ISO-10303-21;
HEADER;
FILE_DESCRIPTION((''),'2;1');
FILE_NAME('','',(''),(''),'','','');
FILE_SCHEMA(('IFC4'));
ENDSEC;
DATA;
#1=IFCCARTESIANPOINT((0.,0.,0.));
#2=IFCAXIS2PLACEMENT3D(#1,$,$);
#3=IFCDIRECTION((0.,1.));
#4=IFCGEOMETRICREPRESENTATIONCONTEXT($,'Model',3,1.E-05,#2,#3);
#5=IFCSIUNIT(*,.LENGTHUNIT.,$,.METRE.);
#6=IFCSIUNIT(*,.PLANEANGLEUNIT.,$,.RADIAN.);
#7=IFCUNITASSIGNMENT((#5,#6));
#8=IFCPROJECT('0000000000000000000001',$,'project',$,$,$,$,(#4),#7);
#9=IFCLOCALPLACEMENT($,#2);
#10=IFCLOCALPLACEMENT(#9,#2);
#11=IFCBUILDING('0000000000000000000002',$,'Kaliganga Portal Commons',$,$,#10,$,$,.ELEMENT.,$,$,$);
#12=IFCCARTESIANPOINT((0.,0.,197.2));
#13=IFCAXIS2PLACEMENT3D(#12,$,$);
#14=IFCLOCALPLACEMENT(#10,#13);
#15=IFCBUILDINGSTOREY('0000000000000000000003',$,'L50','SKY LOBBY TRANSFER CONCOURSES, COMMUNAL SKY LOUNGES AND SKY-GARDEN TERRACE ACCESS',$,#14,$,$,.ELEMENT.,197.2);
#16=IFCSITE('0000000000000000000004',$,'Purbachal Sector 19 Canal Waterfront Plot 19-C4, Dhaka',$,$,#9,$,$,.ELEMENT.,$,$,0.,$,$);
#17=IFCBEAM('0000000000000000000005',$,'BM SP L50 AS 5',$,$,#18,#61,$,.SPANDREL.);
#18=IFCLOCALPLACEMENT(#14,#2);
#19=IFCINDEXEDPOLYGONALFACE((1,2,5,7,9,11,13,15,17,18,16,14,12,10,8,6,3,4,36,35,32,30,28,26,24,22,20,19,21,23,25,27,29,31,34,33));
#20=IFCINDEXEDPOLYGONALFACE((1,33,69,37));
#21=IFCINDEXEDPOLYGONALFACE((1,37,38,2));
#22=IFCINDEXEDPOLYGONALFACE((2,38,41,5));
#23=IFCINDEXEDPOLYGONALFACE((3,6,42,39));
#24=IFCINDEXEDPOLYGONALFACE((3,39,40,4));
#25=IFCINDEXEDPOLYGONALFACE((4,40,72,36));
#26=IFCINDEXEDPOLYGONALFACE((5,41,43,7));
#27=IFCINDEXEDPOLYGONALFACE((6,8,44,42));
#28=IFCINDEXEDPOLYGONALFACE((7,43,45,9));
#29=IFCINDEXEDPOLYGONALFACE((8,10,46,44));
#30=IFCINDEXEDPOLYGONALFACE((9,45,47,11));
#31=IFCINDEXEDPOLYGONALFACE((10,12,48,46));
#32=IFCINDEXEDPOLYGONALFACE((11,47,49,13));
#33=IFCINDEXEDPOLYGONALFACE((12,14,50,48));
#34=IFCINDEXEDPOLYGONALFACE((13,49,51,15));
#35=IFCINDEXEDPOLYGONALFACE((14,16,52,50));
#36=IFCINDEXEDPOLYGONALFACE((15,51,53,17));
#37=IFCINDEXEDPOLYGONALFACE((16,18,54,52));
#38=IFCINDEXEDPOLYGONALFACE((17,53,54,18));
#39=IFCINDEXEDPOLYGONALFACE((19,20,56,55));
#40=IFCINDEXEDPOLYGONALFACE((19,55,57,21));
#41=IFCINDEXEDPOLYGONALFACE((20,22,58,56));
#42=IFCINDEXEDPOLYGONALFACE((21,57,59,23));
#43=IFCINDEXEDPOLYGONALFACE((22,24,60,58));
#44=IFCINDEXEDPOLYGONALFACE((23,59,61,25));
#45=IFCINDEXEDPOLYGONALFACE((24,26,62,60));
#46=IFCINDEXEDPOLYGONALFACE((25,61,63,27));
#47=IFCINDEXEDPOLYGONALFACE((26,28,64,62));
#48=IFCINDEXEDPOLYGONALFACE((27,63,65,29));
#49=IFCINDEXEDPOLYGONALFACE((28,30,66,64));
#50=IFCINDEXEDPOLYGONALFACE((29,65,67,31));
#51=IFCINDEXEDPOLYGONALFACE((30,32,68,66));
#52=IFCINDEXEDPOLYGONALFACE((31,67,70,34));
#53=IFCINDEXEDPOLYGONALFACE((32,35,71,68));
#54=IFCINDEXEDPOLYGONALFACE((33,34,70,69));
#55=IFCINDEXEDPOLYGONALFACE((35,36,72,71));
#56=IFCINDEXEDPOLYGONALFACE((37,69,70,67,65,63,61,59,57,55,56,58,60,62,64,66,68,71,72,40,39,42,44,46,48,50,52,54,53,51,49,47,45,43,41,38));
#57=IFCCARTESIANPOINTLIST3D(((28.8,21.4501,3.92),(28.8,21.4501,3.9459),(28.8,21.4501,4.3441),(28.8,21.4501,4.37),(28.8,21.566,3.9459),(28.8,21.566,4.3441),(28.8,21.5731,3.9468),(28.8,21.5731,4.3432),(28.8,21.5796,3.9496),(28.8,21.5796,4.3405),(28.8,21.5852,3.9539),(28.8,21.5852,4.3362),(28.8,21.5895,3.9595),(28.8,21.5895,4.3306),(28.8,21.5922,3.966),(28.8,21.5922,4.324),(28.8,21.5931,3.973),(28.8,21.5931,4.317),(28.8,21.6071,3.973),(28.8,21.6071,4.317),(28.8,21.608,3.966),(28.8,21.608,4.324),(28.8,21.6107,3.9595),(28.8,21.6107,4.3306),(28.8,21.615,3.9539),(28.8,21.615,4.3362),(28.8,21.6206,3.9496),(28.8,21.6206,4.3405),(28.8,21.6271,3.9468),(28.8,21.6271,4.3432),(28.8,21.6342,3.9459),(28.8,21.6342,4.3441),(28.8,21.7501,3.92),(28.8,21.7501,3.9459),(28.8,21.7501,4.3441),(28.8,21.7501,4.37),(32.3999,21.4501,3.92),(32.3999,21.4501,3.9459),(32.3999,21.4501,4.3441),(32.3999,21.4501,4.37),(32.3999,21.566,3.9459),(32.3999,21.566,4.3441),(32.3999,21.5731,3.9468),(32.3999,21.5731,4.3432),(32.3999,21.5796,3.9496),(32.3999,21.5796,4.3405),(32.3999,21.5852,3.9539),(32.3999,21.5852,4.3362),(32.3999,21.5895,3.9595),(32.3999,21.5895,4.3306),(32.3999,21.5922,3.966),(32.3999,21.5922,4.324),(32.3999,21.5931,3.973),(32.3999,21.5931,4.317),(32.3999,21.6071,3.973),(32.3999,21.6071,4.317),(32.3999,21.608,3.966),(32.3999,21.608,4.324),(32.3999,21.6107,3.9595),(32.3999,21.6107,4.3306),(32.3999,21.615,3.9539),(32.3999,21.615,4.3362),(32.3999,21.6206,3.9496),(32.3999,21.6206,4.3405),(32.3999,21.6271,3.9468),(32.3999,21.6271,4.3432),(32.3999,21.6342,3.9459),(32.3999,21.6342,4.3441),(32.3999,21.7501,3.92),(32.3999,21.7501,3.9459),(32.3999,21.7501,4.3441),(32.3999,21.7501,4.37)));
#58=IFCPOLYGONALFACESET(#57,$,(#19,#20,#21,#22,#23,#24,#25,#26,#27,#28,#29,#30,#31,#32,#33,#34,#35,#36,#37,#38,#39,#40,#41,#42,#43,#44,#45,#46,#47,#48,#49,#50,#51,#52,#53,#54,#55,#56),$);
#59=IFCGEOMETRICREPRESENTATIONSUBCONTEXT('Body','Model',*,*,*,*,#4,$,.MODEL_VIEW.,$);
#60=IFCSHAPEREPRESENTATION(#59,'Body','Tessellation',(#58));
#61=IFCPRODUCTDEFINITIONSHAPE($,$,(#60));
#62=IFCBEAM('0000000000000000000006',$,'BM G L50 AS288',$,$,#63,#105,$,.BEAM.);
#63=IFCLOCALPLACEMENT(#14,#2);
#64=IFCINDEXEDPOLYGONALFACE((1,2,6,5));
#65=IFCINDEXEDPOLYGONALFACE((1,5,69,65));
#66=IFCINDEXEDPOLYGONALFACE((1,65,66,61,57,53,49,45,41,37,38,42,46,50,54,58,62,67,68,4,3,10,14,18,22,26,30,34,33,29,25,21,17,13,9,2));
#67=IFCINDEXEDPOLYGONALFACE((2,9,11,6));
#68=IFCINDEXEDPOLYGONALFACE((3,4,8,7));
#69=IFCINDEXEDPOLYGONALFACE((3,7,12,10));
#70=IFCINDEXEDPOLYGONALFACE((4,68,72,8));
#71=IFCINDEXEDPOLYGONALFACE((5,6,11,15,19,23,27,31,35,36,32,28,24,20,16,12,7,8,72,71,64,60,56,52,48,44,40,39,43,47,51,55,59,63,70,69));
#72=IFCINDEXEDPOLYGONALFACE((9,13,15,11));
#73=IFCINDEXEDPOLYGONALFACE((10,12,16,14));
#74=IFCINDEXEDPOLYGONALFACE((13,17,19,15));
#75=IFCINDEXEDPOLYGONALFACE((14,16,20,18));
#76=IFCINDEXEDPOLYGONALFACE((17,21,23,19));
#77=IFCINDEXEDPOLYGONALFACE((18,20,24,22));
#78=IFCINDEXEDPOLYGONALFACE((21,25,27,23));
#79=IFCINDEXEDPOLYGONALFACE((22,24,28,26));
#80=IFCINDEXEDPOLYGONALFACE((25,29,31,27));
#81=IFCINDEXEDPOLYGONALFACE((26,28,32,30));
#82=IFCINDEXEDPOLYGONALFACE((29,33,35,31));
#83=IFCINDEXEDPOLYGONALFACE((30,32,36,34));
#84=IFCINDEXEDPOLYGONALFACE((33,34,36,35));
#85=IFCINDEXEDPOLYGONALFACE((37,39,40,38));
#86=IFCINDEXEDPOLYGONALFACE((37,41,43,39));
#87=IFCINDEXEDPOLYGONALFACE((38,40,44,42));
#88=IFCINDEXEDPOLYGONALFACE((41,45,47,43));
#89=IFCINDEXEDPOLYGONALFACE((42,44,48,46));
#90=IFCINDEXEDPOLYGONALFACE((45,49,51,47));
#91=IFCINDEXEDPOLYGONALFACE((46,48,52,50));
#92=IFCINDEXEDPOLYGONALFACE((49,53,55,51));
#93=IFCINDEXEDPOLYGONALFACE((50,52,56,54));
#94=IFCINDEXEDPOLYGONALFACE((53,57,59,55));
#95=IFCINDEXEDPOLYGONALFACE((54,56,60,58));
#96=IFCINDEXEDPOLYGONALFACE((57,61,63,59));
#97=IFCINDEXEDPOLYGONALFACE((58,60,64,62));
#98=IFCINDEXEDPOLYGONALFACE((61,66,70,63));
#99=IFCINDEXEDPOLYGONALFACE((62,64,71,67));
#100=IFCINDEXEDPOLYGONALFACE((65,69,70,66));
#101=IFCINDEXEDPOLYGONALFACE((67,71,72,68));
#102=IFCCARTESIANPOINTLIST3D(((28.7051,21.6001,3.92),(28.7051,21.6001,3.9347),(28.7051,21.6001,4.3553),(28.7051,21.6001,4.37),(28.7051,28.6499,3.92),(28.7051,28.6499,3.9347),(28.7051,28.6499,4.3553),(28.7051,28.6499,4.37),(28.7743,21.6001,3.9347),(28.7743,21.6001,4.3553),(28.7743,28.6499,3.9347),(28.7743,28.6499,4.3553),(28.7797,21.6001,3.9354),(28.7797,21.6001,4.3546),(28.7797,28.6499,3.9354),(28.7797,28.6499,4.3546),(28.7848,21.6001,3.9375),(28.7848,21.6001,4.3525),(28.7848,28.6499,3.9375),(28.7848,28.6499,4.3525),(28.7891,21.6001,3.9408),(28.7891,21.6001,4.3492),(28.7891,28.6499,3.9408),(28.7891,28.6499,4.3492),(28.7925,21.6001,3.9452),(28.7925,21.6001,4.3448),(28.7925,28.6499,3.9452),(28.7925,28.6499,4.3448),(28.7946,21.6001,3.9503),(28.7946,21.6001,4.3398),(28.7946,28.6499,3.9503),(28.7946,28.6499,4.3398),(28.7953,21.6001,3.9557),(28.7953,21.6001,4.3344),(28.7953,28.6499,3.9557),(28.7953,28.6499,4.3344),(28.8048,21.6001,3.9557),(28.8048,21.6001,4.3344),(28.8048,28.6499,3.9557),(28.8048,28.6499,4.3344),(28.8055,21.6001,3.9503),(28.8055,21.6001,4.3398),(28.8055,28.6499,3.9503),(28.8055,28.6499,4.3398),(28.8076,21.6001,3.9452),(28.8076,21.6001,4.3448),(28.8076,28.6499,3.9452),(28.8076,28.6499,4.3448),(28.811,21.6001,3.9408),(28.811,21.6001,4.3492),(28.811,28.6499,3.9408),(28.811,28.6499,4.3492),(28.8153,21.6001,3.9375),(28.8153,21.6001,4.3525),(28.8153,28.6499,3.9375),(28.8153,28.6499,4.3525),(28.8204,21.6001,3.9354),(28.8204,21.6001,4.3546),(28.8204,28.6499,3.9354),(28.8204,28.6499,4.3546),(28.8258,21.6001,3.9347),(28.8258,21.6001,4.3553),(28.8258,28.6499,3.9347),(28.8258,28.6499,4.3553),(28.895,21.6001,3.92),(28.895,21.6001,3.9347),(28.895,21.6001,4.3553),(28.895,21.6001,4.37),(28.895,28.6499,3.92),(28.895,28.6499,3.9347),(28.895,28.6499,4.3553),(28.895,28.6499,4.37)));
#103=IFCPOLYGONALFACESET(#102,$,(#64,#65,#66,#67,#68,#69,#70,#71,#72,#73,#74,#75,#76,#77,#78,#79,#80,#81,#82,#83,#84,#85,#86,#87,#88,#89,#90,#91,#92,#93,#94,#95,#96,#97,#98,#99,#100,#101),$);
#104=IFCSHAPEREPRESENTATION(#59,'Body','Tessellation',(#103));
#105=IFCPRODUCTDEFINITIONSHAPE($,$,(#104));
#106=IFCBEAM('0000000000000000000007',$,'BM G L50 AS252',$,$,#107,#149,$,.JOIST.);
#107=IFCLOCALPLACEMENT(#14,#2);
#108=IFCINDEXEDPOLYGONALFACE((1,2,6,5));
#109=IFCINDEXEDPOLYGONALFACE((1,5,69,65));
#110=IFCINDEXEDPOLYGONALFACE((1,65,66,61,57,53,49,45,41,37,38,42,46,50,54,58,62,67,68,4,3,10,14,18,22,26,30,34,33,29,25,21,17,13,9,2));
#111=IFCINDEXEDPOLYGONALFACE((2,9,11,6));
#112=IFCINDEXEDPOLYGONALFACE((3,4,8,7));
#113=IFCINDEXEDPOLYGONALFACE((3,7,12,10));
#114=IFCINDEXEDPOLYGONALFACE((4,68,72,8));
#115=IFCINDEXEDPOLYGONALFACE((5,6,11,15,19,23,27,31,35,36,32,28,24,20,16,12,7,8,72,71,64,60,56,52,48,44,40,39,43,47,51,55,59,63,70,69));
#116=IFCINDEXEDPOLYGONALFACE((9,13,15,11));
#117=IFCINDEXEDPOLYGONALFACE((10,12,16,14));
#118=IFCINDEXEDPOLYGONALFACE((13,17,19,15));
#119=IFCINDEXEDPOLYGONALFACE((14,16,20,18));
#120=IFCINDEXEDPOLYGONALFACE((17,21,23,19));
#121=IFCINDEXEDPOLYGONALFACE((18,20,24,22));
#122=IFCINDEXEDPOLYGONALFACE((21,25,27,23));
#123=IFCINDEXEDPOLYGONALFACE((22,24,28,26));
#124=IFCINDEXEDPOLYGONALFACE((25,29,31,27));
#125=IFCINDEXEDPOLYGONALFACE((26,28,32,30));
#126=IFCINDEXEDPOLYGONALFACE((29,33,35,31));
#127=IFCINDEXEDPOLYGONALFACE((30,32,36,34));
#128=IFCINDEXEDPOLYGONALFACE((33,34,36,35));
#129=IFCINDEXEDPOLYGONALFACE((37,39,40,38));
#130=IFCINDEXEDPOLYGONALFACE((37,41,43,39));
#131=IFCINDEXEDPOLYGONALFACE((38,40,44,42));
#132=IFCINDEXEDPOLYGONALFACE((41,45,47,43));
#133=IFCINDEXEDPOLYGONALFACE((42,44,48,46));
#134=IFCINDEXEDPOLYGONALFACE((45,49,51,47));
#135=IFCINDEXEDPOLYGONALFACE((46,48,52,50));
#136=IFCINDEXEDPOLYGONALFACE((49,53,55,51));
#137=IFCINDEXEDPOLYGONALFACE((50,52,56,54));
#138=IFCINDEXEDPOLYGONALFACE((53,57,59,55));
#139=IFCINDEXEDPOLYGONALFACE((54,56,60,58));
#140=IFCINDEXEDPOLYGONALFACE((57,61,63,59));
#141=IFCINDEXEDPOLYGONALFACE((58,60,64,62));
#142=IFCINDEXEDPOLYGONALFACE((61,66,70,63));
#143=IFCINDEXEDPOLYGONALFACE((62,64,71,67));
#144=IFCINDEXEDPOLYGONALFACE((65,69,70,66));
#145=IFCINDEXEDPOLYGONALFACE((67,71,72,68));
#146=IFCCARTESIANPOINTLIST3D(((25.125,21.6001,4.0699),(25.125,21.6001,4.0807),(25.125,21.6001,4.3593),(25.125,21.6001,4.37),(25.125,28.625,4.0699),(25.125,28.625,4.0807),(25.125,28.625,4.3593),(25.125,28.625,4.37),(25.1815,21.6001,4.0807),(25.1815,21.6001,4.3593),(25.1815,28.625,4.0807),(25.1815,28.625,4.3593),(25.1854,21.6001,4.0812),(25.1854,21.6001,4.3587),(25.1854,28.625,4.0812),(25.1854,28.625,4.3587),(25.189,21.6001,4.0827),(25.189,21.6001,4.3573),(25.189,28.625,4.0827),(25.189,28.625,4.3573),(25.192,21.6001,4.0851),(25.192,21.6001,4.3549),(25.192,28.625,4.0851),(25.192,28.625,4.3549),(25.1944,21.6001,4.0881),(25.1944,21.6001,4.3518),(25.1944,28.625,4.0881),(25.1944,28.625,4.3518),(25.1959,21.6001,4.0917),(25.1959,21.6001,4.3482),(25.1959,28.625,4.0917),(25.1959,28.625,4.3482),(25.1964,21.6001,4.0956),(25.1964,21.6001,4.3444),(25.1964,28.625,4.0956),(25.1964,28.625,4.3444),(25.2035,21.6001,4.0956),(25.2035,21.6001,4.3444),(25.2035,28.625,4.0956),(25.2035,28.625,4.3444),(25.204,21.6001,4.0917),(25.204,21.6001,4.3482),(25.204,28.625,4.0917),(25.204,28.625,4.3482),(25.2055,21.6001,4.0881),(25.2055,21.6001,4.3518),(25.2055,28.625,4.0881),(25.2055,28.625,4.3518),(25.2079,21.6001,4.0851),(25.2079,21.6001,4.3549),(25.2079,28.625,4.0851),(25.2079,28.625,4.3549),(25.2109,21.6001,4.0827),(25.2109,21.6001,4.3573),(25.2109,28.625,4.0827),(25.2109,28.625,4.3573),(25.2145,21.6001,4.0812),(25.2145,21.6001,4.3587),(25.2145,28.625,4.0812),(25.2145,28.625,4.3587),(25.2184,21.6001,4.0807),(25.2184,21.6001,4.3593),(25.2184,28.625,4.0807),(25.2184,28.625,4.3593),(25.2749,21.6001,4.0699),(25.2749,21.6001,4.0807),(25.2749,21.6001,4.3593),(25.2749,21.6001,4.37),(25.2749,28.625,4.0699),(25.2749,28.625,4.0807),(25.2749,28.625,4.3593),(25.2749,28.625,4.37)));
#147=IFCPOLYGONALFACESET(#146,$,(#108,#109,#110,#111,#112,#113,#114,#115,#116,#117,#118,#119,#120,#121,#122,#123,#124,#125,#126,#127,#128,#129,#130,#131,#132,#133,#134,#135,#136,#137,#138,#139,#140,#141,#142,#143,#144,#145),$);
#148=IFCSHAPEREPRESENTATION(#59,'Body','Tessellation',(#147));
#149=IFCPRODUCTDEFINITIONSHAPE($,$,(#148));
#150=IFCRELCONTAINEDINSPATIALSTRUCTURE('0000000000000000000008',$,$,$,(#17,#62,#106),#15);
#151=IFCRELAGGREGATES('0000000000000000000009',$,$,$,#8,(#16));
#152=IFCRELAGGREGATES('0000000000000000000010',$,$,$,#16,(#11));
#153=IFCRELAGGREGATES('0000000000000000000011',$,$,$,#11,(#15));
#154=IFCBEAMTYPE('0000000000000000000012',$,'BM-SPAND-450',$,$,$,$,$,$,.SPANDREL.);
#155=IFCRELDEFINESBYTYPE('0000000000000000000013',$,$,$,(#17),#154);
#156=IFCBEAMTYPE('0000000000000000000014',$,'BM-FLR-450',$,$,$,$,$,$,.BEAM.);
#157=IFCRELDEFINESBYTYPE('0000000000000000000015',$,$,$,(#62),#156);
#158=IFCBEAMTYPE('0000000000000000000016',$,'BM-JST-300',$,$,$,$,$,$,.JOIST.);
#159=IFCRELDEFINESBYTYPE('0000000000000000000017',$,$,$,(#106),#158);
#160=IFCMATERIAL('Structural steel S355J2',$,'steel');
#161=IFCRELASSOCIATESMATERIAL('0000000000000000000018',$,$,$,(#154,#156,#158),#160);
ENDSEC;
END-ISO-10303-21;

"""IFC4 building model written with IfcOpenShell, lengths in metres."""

from ifc_helpers import new_model, si_unit, direction, frame, origin, origin_2d, place, context, subcontext, project, spatial, i_section, extrude, source, transform, mapped, material, material_profile, profile_set, type_object, element, save


model = new_model("IFC4")

# Units and contexts
model_context = context("Model", 3, precision=1e-05, world=origin(), true_north=direction((0.0, 1.0)))
body_context = subcontext(model_context, "Body", "Model", "MODEL_VIEW")
ifc_project = project(units=[si_unit("LENGTHUNIT", "METRE"), si_unit("PLANEANGLEUNIT", "RADIAN")], contexts=[model_context])

# Site, building, storey
site_placement = place(None, origin())
site = spatial("IfcSite", under=ifc_project, at=site_placement, Name="Purbachal Sector 19 Canal Waterfront Plot 19-C4, Dhaka", CompositionType="ELEMENT", RefElevation=0.0)
building_placement = place(site_placement, origin())
building = spatial("IfcBuilding", under=site, at=building_placement, Name="Kaliganga Portal Commons", CompositionType="ELEMENT")
storey_placement = place(building_placement, frame((0.0, 0.0, 197.2)))
storey = spatial("IfcBuildingStorey", under=building, at=storey_placement, Name="L50", Description="SKY LOBBY TRANSFER CONCOURSES, COMMUNAL SKY LOUNGES AND SKY-GARDEN TERRACE ACCESS", CompositionType="ELEMENT", Elevation=197.2)

# Shared definitions
ifc_material_1 = material(Name="Structural steel S355J2", Category="steel")

# Beams
ifc_material_profile_1 = material_profile(ifc_material_1, i_section(OverallWidth=0.3, OverallDepth=0.45, WebThickness=0.0139, FlangeThickness=0.0259, FilletRadius=0.0271, at=origin_2d()), Name="HE 450 B")
ifc_profile_set_1 = profile_set([ifc_material_profile_1], Name="Structural steel S355J2 wide-flange")
beam_type_1 = type_object("IfcBeamType", Name="BM-SPAND-450", PredefinedType="SPANDREL", material=ifc_profile_set_1)
shared_shape_1 = source(origin(), body_context, "Body", "SweptSolid", [
    extrude(i_section(OverallWidth=0.3, OverallDepth=0.45, WebThickness=0.0139, FlangeThickness=0.0259, FilletRadius=0.0271, at=origin_2d()), origin(), (0.0, 0.0, 1.0), 3.5999),
])
for number, where, z_axis, x_axis, name in (
    (1, (28.8, 21.6001, 4.145), (1.0, 0.0, 0.0), (0.0, 1.0, 0.0), "BM SP L50 AS 5"),
):
    element("IfcBeam", number, at=place(storey_placement, frame(where, z_axis=z_axis, x_axis=x_axis)), inside=storey, type_object=beam_type_1, Name=name, PredefinedType="SPANDREL", context=body_context, shape_type="MappedRepresentation", body=[
        mapped(shared_shape_1, transform((0.0, 0.0, 0.0), x_axis=(1.0, 0.0, 0.0), y_axis=(0.0, 1.0, 0.0), z_axis=(0.0, 0.0, 1.0), scale=1.0)),
    ])
ifc_material_profile_2 = material_profile(ifc_material_1, i_section(OverallWidth=0.1899, OverallDepth=0.45, WebThickness=0.0095, FlangeThickness=0.0146, FilletRadius=0.021, at=origin_2d()), Name="IPE 450")
ifc_profile_set_2 = profile_set([ifc_material_profile_2], Name="Structural steel S355J2 wide-flange")
beam_type_2 = type_object("IfcBeamType", Name="BM-FLR-450", PredefinedType="BEAM", material=ifc_profile_set_2)
shared_shape_2 = source(origin(), body_context, "Body", "SweptSolid", [
    extrude(i_section(OverallWidth=0.1899, OverallDepth=0.45, WebThickness=0.0095, FlangeThickness=0.0146, FilletRadius=0.021, at=origin_2d()), origin(), (0.0, 0.0, 1.0), 7.0498),
])
beam_1_placement = place(storey_placement, frame((28.8, 21.6001, 4.145), z_axis=(0.0, 1.0, 0.0), x_axis=(-1.0, 0.0, 0.0)))
element("IfcBeam", 2, at=beam_1_placement, inside=storey, type_object=beam_type_2, Name="BM G L50 AS288", PredefinedType="BEAM", context=body_context, shape_type="MappedRepresentation", body=[
    mapped(shared_shape_2, transform((0.0, 0.0, 0.0), x_axis=(1.0, 0.0, 0.0), y_axis=(0.0, 1.0, 0.0), z_axis=(0.0, 0.0, 1.0), scale=1.0)),
])
ifc_material_profile_3 = material_profile(ifc_material_1, i_section(OverallWidth=0.1499, OverallDepth=0.3, WebThickness=0.0071, FlangeThickness=0.0107, FilletRadius=0.0149, at=origin_2d()), Name="IPE 300")
ifc_profile_set_3 = profile_set([ifc_material_profile_3], Name="Structural steel S355J2 wide-flange")
beam_type_3 = type_object("IfcBeamType", Name="BM-JST-300", PredefinedType="JOIST", material=ifc_profile_set_3)
shared_shape_3 = source(origin(), body_context, "Body", "SweptSolid", [
    extrude(i_section(OverallWidth=0.1499, OverallDepth=0.3, WebThickness=0.0071, FlangeThickness=0.0107, FilletRadius=0.0149, at=origin_2d()), origin(), (0.0, 0.0, 1.0), 7.0249),
])
beam_2_placement = place(storey_placement, frame((25.2, 21.6001, 4.22), z_axis=(0.0, 1.0, 0.0), x_axis=(-1.0, 0.0, 0.0)))
element("IfcBeam", 3, at=beam_2_placement, inside=storey, type_object=beam_type_3, Name="BM G L50 AS252", PredefinedType="JOIST", context=body_context, shape_type="MappedRepresentation", body=[
    mapped(shared_shape_3, transform((0.0, 0.0, 0.0), x_axis=(1.0, 0.0, 0.0), y_axis=(0.0, 1.0, 0.0), z_axis=(0.0, 0.0, 1.0), scale=1.0)),
])

save(model, "model.ifc")
